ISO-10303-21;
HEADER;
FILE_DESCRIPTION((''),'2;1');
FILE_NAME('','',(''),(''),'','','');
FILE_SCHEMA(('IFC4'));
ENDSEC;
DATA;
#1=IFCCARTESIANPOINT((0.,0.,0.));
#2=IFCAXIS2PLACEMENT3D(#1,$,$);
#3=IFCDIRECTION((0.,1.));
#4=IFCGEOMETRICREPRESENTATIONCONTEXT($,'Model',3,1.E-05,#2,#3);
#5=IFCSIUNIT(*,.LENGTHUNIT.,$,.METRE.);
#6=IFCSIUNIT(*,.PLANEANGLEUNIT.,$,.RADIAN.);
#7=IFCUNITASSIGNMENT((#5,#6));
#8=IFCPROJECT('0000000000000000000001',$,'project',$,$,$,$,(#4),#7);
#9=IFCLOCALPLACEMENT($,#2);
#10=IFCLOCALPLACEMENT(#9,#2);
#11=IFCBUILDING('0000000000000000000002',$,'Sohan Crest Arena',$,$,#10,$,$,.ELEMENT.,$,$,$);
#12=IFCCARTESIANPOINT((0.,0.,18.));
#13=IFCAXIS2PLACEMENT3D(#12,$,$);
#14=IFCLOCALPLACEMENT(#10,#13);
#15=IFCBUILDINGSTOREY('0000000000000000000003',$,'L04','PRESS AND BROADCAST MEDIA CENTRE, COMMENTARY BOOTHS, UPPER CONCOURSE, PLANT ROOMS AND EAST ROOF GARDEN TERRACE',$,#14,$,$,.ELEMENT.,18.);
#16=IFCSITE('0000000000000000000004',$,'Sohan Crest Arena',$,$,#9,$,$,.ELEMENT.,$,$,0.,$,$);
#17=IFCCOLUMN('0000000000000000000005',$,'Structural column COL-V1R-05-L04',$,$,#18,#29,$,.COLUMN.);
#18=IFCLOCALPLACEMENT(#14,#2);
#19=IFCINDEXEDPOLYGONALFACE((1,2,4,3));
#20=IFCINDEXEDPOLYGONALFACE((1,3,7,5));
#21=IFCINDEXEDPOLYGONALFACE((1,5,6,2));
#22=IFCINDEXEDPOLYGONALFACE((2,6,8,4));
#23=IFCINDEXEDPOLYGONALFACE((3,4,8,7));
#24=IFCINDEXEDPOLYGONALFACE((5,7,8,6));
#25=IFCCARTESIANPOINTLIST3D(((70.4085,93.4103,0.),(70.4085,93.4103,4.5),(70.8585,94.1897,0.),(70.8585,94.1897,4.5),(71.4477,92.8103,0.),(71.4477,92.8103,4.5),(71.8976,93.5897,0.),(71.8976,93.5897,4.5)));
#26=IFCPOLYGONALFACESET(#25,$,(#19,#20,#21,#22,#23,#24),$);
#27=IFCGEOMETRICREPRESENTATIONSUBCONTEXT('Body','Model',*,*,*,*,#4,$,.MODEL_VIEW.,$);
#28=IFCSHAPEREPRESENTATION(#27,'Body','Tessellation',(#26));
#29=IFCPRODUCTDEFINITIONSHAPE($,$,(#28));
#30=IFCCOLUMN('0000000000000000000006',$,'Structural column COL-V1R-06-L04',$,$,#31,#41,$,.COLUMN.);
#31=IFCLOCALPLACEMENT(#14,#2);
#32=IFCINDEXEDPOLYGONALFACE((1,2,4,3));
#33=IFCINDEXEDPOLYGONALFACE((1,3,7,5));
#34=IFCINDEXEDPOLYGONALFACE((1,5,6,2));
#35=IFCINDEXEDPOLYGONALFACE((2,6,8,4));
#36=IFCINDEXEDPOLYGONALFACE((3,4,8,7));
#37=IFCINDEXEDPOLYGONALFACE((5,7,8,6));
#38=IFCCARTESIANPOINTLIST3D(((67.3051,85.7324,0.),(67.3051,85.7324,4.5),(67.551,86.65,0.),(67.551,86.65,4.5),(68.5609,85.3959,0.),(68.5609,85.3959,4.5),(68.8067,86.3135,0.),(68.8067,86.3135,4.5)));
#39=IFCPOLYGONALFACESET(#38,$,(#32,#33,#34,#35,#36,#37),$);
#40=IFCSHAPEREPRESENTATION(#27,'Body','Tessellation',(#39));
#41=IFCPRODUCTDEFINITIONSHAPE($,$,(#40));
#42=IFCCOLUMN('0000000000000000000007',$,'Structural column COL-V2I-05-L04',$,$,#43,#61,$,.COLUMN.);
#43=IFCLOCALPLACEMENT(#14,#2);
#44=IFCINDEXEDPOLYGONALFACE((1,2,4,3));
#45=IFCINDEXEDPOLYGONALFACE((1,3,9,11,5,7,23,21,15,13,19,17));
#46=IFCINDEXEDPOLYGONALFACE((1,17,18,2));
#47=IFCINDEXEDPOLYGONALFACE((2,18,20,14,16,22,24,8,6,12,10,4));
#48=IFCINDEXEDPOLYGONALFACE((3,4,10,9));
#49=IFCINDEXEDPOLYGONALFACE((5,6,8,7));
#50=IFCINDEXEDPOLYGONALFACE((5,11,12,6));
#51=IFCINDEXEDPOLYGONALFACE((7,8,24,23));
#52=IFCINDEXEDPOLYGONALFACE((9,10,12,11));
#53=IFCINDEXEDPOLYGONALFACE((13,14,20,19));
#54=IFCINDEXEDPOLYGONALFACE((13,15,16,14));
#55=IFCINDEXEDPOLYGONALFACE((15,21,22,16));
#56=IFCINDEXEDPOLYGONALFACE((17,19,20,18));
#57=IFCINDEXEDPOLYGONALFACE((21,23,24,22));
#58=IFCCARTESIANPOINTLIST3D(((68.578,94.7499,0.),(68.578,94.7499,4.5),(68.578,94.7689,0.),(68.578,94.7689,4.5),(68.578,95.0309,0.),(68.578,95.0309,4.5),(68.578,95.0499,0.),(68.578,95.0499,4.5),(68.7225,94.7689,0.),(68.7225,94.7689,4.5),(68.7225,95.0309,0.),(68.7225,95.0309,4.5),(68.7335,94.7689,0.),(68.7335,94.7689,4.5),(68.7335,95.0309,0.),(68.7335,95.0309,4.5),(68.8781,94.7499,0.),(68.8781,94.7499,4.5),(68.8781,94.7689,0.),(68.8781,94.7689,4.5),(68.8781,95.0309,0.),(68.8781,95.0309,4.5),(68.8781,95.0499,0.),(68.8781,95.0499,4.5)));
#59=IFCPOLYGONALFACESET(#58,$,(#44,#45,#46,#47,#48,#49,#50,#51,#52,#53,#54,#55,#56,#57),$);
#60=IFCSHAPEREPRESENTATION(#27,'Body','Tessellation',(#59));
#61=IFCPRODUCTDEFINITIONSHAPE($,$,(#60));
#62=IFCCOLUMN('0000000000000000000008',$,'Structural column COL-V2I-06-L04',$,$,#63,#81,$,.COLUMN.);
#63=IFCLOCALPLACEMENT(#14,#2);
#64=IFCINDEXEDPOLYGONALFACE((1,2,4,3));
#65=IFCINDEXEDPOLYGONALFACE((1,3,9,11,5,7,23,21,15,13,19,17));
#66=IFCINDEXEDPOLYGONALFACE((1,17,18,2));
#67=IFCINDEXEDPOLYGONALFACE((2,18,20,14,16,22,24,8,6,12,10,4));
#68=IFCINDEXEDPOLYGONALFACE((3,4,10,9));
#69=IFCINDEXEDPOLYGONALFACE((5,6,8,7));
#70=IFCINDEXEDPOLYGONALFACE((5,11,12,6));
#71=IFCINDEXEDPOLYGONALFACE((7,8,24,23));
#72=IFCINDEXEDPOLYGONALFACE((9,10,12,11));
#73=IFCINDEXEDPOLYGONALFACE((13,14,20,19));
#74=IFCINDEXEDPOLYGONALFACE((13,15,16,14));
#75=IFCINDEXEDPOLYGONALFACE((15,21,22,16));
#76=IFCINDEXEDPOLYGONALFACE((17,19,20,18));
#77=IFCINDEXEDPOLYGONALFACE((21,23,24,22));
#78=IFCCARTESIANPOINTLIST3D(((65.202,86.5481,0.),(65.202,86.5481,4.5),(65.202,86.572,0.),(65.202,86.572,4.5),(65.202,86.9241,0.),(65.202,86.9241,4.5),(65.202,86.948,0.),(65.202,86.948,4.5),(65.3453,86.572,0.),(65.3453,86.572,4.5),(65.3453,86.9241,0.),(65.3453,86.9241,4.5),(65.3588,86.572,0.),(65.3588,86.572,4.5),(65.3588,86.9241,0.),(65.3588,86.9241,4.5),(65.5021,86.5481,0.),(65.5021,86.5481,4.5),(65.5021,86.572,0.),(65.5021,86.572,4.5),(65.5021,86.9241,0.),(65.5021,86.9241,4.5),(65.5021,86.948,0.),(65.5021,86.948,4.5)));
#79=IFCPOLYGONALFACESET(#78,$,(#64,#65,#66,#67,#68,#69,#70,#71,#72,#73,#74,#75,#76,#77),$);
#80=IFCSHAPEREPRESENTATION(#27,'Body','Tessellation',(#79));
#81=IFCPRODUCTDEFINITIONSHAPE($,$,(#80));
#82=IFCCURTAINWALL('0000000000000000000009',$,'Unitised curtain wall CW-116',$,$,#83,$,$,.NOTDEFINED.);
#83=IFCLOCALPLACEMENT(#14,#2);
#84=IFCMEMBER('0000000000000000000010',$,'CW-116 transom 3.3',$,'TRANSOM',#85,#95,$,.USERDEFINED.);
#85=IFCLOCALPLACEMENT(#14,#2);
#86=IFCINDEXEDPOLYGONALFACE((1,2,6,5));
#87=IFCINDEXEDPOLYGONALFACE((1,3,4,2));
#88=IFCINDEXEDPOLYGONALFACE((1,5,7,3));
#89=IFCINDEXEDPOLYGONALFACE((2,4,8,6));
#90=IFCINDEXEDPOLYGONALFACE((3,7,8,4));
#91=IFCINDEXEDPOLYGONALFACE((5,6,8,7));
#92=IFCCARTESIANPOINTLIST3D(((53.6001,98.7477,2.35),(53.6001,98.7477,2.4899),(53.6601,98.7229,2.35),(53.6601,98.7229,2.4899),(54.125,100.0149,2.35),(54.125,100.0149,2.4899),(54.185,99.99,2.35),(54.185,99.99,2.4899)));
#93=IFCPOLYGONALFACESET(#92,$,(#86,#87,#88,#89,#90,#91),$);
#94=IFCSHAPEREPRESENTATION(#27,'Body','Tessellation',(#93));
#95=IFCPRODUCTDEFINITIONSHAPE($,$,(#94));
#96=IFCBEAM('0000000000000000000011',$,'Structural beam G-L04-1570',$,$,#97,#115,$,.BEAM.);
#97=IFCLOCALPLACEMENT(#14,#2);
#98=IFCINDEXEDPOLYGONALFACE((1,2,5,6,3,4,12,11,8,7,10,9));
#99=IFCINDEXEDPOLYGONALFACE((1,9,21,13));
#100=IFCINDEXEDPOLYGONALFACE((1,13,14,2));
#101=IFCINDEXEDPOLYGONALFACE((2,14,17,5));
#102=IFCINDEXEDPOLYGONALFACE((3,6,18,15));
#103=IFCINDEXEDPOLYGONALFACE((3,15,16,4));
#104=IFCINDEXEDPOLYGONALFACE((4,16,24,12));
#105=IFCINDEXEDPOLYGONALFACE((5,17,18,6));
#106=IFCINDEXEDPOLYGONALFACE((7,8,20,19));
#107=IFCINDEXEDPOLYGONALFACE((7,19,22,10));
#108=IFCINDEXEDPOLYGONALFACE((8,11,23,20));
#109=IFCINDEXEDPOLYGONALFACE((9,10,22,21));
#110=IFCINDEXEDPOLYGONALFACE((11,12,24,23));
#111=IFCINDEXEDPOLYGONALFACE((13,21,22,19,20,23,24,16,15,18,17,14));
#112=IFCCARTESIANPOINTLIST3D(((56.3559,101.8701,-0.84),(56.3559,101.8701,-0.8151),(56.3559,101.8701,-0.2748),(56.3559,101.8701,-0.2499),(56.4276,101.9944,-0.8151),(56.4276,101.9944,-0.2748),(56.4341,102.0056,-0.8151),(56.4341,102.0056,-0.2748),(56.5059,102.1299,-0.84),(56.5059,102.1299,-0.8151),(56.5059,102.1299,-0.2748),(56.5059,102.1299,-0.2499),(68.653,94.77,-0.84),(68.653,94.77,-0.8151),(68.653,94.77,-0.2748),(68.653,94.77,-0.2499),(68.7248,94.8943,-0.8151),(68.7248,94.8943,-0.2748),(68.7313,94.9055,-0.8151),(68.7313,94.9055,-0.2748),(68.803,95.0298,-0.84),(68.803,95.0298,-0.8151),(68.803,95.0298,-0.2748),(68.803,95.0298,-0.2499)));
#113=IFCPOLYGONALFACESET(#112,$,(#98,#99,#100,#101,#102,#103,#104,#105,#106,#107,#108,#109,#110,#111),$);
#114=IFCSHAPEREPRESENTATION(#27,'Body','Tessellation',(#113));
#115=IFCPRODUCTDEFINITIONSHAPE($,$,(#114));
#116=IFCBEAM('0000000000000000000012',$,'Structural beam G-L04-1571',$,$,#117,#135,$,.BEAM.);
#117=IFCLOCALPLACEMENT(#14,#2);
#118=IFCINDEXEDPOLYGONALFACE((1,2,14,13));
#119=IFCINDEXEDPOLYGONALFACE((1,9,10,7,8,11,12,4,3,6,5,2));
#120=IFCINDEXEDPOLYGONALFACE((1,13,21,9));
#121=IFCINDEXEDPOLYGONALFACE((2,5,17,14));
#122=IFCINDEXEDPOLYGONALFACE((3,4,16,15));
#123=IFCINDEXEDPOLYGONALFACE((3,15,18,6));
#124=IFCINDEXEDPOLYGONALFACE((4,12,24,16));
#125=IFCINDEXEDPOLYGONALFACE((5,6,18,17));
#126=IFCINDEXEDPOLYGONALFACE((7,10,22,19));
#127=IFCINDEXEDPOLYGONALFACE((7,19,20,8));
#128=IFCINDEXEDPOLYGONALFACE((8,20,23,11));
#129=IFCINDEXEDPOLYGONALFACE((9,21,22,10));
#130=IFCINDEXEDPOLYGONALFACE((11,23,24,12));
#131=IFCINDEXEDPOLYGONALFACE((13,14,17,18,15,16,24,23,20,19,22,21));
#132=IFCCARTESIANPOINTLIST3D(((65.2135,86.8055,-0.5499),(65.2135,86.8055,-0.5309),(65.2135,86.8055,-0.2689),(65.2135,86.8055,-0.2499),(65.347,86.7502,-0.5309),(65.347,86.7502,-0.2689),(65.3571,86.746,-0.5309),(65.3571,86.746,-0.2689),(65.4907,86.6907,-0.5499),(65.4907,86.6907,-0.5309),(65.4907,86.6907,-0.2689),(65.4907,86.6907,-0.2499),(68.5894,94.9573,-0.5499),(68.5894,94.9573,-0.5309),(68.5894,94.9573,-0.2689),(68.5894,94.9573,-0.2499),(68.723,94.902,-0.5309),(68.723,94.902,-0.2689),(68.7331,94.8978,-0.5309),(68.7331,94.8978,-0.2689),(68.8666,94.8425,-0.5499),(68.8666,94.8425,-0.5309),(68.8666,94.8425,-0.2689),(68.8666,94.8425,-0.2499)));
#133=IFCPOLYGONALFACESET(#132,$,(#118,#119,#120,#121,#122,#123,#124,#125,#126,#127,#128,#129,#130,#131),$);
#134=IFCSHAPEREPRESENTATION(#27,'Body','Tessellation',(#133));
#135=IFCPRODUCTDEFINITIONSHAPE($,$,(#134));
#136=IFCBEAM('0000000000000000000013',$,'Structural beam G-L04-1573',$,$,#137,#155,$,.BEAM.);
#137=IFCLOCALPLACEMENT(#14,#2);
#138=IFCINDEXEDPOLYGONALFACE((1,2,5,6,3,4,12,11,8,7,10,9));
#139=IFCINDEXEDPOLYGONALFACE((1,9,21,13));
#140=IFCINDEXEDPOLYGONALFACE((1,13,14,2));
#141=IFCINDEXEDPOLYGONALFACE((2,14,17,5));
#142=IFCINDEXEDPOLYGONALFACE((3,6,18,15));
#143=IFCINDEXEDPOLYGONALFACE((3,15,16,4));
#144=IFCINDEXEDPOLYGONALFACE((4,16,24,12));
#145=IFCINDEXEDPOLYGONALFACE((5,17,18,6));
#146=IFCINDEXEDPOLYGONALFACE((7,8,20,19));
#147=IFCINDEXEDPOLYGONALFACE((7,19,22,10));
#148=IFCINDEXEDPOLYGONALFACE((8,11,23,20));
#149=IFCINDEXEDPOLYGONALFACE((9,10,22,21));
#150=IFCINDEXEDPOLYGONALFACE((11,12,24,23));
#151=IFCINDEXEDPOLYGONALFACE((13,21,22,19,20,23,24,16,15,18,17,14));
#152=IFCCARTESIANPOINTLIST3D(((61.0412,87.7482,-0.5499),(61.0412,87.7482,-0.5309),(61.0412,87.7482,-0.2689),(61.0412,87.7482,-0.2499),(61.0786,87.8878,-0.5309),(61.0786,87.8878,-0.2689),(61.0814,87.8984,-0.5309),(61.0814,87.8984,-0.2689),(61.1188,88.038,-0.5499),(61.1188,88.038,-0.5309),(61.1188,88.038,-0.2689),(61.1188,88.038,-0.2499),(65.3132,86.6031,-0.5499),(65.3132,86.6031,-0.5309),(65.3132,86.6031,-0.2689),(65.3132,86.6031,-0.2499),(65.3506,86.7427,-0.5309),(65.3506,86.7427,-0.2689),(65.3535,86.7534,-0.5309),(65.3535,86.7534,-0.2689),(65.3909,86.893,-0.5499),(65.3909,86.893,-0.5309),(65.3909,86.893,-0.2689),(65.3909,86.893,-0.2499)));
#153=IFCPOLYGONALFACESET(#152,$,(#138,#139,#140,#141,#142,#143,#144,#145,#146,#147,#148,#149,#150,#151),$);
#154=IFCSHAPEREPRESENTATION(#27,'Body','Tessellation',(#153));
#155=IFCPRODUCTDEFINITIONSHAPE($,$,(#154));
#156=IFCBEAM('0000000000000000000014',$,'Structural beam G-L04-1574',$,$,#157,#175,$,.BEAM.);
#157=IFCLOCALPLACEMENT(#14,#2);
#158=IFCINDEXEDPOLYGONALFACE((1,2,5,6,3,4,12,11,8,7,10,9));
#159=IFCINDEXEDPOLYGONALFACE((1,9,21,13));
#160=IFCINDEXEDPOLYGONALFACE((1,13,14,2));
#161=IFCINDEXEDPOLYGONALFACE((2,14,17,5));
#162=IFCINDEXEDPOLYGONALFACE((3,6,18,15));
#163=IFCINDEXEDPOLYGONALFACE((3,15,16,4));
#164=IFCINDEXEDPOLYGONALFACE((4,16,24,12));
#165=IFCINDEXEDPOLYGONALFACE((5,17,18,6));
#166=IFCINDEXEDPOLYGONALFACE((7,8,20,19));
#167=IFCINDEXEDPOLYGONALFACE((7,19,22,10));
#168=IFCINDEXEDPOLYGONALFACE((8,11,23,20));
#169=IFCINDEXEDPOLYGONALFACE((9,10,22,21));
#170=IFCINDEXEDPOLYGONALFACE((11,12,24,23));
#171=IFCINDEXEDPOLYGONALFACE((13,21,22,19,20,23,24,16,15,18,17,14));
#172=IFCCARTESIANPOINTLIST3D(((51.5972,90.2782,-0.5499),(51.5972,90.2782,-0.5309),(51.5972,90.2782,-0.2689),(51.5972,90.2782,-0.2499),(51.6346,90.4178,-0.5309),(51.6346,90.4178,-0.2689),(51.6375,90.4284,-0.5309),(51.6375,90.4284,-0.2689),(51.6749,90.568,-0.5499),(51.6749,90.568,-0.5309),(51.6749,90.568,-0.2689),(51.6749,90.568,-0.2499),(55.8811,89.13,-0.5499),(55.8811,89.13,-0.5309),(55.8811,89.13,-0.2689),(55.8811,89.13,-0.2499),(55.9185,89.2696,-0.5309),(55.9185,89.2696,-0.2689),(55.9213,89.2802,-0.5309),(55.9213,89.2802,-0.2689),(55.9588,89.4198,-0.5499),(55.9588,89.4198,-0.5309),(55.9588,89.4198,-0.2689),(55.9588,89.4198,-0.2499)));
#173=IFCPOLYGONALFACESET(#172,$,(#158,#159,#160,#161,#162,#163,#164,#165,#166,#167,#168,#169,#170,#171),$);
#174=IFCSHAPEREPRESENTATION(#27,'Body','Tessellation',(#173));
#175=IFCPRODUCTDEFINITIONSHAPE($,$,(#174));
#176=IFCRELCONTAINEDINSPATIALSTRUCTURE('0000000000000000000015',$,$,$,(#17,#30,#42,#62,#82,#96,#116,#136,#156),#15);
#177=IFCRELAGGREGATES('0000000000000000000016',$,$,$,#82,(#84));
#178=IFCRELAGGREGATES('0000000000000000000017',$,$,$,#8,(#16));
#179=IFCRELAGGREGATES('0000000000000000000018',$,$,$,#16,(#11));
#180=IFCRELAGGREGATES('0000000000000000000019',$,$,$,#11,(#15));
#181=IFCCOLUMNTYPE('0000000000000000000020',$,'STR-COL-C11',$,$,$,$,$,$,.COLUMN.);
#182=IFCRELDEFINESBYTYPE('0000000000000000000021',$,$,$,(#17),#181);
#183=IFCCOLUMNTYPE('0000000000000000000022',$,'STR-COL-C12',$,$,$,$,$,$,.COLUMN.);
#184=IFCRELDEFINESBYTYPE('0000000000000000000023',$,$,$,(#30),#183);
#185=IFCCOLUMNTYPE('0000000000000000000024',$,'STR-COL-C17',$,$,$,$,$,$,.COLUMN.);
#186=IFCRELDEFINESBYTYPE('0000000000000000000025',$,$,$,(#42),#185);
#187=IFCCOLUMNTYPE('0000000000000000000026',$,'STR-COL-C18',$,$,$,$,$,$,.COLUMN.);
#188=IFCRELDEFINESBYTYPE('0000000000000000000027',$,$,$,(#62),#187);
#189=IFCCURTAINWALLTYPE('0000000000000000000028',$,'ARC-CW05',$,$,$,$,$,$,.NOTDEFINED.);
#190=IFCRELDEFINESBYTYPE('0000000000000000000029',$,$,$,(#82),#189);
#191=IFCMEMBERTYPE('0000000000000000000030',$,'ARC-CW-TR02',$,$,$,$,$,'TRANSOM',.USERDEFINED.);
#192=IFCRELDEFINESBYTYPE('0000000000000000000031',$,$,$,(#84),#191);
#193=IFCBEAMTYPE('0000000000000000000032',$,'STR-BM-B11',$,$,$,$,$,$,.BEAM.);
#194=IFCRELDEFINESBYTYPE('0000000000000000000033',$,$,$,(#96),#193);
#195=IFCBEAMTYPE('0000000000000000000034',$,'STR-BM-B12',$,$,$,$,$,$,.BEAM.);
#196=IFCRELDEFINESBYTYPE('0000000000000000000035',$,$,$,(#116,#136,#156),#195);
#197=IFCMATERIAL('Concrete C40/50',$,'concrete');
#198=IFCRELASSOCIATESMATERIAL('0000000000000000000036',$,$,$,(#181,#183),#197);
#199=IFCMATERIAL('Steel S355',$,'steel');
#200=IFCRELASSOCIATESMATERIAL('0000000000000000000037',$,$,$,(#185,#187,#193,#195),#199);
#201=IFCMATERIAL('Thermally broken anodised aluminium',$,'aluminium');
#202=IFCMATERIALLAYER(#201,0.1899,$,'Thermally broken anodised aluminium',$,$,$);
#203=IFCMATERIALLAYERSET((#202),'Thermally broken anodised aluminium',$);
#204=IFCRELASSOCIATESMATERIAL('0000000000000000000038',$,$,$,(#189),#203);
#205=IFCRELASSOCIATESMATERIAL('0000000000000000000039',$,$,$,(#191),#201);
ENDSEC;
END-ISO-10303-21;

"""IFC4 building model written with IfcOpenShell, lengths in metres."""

from ifc_helpers import new_model, si_unit, direction, frame, origin, origin_2d, place, context, subcontext, project, spatial, rectangle, i_section, extrude, material, layer, layer_set, material_profile, profile_set, type_object, element, aggregate, save


model = new_model("IFC4")

# Units and contexts
model_context = context("Model", 3, precision=1e-05, world=origin(), true_north=direction((0.0, 1.0)))
body_context = subcontext(model_context, "Body", "Model", "MODEL_VIEW")
ifc_project = project(units=[si_unit("LENGTHUNIT", "METRE"), si_unit("PLANEANGLEUNIT", "RADIAN")], contexts=[model_context])

# Site, building, storey
site_placement = place(None, origin())
site = spatial("IfcSite", under=ifc_project, at=site_placement, Name="Sohan Crest Arena", CompositionType="ELEMENT", RefElevation=0.0)
building_placement = place(site_placement, origin())
building = spatial("IfcBuilding", under=site, at=building_placement, Name="Sohan Crest Arena", CompositionType="ELEMENT")
storey_placement = place(building_placement, frame((0.0, 0.0, 18.0)))
storey = spatial("IfcBuildingStorey", under=building, at=storey_placement, Name="L04", Description="PRESS AND BROADCAST MEDIA CENTRE, COMMENTARY BOOTHS, UPPER CONCOURSE, PLANT ROOMS AND EAST ROOF GARDEN TERRACE", CompositionType="ELEMENT", Elevation=18.0)

# Columns
ifc_material_1 = material(Name="Concrete C40/50", Category="concrete")
ifc_material_profile_1 = material_profile(ifc_material_1, rectangle(XDim=1.2, YDim=0.8999, at=origin_2d()), Name="RC 1200x900")
ifc_profile_set_1 = profile_set([ifc_material_profile_1], Name="Concrete C40/50")
column_type_1 = type_object("IfcColumnType", Name="STR-COL-C11", PredefinedType="COLUMN", material=ifc_profile_set_1)
column_1_placement = place(storey_placement, frame((71.1531, 93.5, 0.0), z_axis=(0.0, 0.0, 1.0), x_axis=(-0.866025, 0.5, 0.0)))
element("IfcColumn", 1, at=column_1_placement, inside=storey, type_object=column_type_1, Name="Structural column COL-V1R-05-L04", PredefinedType="COLUMN", context=body_context, shape_type="SweptSolid", body=[
    extrude(rectangle(XDim=1.2, YDim=0.8999, at=origin_2d()), origin(), (0.0, 0.0, 1.0), 4.5),
])
ifc_material_profile_2 = material_profile(ifc_material_1, rectangle(XDim=1.3, YDim=0.95, at=origin_2d()), Name="RC 1300x950")
ifc_profile_set_2 = profile_set([ifc_material_profile_2], Name="Concrete C40/50")
column_type_2 = type_object("IfcColumnType", Name="STR-COL-C12", PredefinedType="COLUMN", material=ifc_profile_set_2)
column_2_placement = place(storey_placement, frame((68.0559, 86.0229, 0.0), z_axis=(0.0, 0.0, 1.0), x_axis=(-0.965926, 0.258819, 0.0)))
element("IfcColumn", 2, at=column_2_placement, inside=storey, type_object=column_type_2, Name="Structural column COL-V1R-06-L04", PredefinedType="COLUMN", context=body_context, shape_type="SweptSolid", body=[
    extrude(rectangle(XDim=1.3, YDim=0.95, at=origin_2d()), origin(), (0.0, 0.0, 1.0), 4.5),
])
ifc_material_2 = material(Name="Steel S355", Category="steel")
ifc_material_profile_3 = material_profile(ifc_material_2, i_section(OverallWidth=0.3, OverallDepth=0.3, WebThickness=0.011, FlangeThickness=0.019, at=origin_2d()), Name="HEB 300")
ifc_profile_set_3 = profile_set([ifc_material_profile_3], Name="Steel S355")
column_type_3 = type_object("IfcColumnType", Name="STR-COL-C17", PredefinedType="COLUMN", material=ifc_profile_set_3)
column_3_placement = place(storey_placement, frame((68.728, 94.8999, 0.0), z_axis=(0.0, 0.0, 1.0), x_axis=(1.0, 0.0, 0.0)))
element("IfcColumn", 3, at=column_3_placement, inside=storey, type_object=column_type_3, Name="Structural column COL-V2I-05-L04", PredefinedType="COLUMN", context=body_context, shape_type="SweptSolid", body=[
    extrude(i_section(OverallWidth=0.3, OverallDepth=0.3, WebThickness=0.011, FlangeThickness=0.019, at=origin_2d()), origin(), (0.0, 0.0, 1.0), 4.5),
])
ifc_material_profile_4 = material_profile(ifc_material_2, i_section(OverallWidth=0.3, OverallDepth=0.3999, WebThickness=0.0134, FlangeThickness=0.0239, at=origin_2d()), Name="HEB 400")
ifc_profile_set_4 = profile_set([ifc_material_profile_4], Name="Steel S355")
column_type_4 = type_object("IfcColumnType", Name="STR-COL-C18", PredefinedType="COLUMN", material=ifc_profile_set_4)
column_4_placement = place(storey_placement, frame((65.3521, 86.748, 0.0), z_axis=(0.0, 0.0, 1.0), x_axis=(1.0, 0.0, 0.0)))
element("IfcColumn", 4, at=column_4_placement, inside=storey, type_object=column_type_4, Name="Structural column COL-V2I-06-L04", PredefinedType="COLUMN", context=body_context, shape_type="SweptSolid", body=[
    extrude(i_section(OverallWidth=0.3, OverallDepth=0.3999, WebThickness=0.0134, FlangeThickness=0.0239, at=origin_2d()), origin(), (0.0, 0.0, 1.0), 4.5),
])

# Curtain wall, member
ifc_material_3 = material(Name="Thermally broken anodised aluminium", Category="aluminium")
ifc_layer_1 = layer(ifc_material_3, 0.1899, Name="Thermally broken anodised aluminium")
ifc_layer_set_1 = layer_set([ifc_layer_1], Name="Thermally broken anodised aluminium")
curtain_wall_type = type_object("IfcCurtainWallType", Name="ARC-CW05", PredefinedType="NOTDEFINED", material=ifc_layer_set_1)
curtain_wall_placement = place(storey_placement, origin())
curtain_wall = element("IfcCurtainWall", 5, at=curtain_wall_placement, inside=storey, type_object=curtain_wall_type, Name="Unitised curtain wall CW-116", PredefinedType="NOTDEFINED")
ifc_material_profile_5 = material_profile(ifc_material_3, rectangle(XDim=0.0649, YDim=0.1399, at=origin_2d()), Name="ALU-TRAN 65x140")
ifc_profile_set_5 = profile_set([ifc_material_profile_5], Name="Thermally broken anodised aluminium")
member_type = type_object("IfcMemberType", Name="ARC-CW-TR02", ElementType="TRANSOM", PredefinedType="USERDEFINED", material=ifc_profile_set_5)
member_placement = place(storey_placement, frame((54.155, 100.0024, 2.4199), z_axis=(-0.382719, -0.923865, 0.0), x_axis=(0.923865, -0.382719, 0.0)))
member = element("IfcMember", 6, at=member_placement, type_object=member_type, Name="CW-116 transom 3.3", ObjectType="TRANSOM", PredefinedType="USERDEFINED", context=body_context, shape_type="SweptSolid", body=[
    extrude(rectangle(XDim=0.0649, YDim=0.1399, at=origin_2d()), origin(), (0.0, 0.0, 1.0), 1.3716),
])
aggregate(curtain_wall, [member])

# Beams
ifc_material_profile_6 = material_profile(ifc_material_2, i_section(OverallWidth=0.3, OverallDepth=0.5901, WebThickness=0.0129, FlangeThickness=0.0249, at=origin_2d()), Name="HEA 600")
ifc_profile_set_6 = profile_set([ifc_material_profile_6], Name="Steel S355")
beam_type_1 = type_object("IfcBeamType", Name="STR-BM-B11", PredefinedType="BEAM", material=ifc_profile_set_6)
beam_1_placement = place(storey_placement, frame((68.728, 94.8999, -0.5449), z_axis=(-0.866015, 0.500019, 0.0), x_axis=(-0.500019, -0.866015, 0.0)))
element("IfcBeam", 7, at=beam_1_placement, inside=storey, type_object=beam_type_1, Name="Structural beam G-L04-1570", PredefinedType="BEAM", context=body_context, shape_type="SweptSolid", body=[
    extrude(i_section(OverallWidth=0.3, OverallDepth=0.5901, WebThickness=0.0129, FlangeThickness=0.0249, at=origin_2d()), origin(), (0.0, 0.0, 1.0), 14.1997),
])
ifc_material_profile_7 = material_profile(ifc_material_2, i_section(OverallWidth=0.3, OverallDepth=0.3, WebThickness=0.011, FlangeThickness=0.019, at=origin_2d()), Name="HEB 300")
ifc_profile_set_7 = profile_set([ifc_material_profile_7], Name="Steel S355")
beam_type_2 = type_object("IfcBeamType", Name="STR-BM-B12", PredefinedType="BEAM", material=ifc_profile_set_7)
beam_2_placement = place(storey_placement, frame((68.728, 94.8999, -0.3999), z_axis=(-0.382622, -0.923905, 0.0), x_axis=(0.923905, -0.382622, 0.0)))
element("IfcBeam", 8, at=beam_2_placement, inside=storey, type_object=beam_type_2, Name="Structural beam G-L04-1571", PredefinedType="BEAM", context=body_context, shape_type="SweptSolid", body=[
    extrude(i_section(OverallWidth=0.3, OverallDepth=0.3, WebThickness=0.011, FlangeThickness=0.019, at=origin_2d()), origin(), (0.0, 0.0, 1.0), 8.8232),
])
beam_3_placement = place(storey_placement, frame((65.3521, 86.748, -0.3999), z_axis=(-0.965906, 0.258892, 0.0), x_axis=(-0.258892, -0.965906, 0.0)))
element("IfcBeam", 9, at=beam_3_placement, inside=storey, type_object=beam_type_2, Name="Structural beam G-L04-1573", PredefinedType="BEAM", context=body_context, shape_type="SweptSolid", body=[
    extrude(i_section(OverallWidth=0.3, OverallDepth=0.3, WebThickness=0.011, FlangeThickness=0.019, at=origin_2d()), origin(), (0.0, 0.0, 1.0), 4.4229),
])
beam_4_placement = place(storey_placement, frame((55.9199, 89.2749, -0.3999), z_axis=(-0.965908, 0.258886, 0.0), x_axis=(-0.258886, -0.965908, 0.0)))
element("IfcBeam", 10, at=beam_4_placement, inside=storey, type_object=beam_type_2, Name="Structural beam G-L04-1574", PredefinedType="BEAM", context=body_context, shape_type="SweptSolid", body=[
    extrude(i_section(OverallWidth=0.3, OverallDepth=0.3, WebThickness=0.011, FlangeThickness=0.019, at=origin_2d()), origin(), (0.0, 0.0, 1.0), 4.4351),
])

save(model, "model.ifc")
